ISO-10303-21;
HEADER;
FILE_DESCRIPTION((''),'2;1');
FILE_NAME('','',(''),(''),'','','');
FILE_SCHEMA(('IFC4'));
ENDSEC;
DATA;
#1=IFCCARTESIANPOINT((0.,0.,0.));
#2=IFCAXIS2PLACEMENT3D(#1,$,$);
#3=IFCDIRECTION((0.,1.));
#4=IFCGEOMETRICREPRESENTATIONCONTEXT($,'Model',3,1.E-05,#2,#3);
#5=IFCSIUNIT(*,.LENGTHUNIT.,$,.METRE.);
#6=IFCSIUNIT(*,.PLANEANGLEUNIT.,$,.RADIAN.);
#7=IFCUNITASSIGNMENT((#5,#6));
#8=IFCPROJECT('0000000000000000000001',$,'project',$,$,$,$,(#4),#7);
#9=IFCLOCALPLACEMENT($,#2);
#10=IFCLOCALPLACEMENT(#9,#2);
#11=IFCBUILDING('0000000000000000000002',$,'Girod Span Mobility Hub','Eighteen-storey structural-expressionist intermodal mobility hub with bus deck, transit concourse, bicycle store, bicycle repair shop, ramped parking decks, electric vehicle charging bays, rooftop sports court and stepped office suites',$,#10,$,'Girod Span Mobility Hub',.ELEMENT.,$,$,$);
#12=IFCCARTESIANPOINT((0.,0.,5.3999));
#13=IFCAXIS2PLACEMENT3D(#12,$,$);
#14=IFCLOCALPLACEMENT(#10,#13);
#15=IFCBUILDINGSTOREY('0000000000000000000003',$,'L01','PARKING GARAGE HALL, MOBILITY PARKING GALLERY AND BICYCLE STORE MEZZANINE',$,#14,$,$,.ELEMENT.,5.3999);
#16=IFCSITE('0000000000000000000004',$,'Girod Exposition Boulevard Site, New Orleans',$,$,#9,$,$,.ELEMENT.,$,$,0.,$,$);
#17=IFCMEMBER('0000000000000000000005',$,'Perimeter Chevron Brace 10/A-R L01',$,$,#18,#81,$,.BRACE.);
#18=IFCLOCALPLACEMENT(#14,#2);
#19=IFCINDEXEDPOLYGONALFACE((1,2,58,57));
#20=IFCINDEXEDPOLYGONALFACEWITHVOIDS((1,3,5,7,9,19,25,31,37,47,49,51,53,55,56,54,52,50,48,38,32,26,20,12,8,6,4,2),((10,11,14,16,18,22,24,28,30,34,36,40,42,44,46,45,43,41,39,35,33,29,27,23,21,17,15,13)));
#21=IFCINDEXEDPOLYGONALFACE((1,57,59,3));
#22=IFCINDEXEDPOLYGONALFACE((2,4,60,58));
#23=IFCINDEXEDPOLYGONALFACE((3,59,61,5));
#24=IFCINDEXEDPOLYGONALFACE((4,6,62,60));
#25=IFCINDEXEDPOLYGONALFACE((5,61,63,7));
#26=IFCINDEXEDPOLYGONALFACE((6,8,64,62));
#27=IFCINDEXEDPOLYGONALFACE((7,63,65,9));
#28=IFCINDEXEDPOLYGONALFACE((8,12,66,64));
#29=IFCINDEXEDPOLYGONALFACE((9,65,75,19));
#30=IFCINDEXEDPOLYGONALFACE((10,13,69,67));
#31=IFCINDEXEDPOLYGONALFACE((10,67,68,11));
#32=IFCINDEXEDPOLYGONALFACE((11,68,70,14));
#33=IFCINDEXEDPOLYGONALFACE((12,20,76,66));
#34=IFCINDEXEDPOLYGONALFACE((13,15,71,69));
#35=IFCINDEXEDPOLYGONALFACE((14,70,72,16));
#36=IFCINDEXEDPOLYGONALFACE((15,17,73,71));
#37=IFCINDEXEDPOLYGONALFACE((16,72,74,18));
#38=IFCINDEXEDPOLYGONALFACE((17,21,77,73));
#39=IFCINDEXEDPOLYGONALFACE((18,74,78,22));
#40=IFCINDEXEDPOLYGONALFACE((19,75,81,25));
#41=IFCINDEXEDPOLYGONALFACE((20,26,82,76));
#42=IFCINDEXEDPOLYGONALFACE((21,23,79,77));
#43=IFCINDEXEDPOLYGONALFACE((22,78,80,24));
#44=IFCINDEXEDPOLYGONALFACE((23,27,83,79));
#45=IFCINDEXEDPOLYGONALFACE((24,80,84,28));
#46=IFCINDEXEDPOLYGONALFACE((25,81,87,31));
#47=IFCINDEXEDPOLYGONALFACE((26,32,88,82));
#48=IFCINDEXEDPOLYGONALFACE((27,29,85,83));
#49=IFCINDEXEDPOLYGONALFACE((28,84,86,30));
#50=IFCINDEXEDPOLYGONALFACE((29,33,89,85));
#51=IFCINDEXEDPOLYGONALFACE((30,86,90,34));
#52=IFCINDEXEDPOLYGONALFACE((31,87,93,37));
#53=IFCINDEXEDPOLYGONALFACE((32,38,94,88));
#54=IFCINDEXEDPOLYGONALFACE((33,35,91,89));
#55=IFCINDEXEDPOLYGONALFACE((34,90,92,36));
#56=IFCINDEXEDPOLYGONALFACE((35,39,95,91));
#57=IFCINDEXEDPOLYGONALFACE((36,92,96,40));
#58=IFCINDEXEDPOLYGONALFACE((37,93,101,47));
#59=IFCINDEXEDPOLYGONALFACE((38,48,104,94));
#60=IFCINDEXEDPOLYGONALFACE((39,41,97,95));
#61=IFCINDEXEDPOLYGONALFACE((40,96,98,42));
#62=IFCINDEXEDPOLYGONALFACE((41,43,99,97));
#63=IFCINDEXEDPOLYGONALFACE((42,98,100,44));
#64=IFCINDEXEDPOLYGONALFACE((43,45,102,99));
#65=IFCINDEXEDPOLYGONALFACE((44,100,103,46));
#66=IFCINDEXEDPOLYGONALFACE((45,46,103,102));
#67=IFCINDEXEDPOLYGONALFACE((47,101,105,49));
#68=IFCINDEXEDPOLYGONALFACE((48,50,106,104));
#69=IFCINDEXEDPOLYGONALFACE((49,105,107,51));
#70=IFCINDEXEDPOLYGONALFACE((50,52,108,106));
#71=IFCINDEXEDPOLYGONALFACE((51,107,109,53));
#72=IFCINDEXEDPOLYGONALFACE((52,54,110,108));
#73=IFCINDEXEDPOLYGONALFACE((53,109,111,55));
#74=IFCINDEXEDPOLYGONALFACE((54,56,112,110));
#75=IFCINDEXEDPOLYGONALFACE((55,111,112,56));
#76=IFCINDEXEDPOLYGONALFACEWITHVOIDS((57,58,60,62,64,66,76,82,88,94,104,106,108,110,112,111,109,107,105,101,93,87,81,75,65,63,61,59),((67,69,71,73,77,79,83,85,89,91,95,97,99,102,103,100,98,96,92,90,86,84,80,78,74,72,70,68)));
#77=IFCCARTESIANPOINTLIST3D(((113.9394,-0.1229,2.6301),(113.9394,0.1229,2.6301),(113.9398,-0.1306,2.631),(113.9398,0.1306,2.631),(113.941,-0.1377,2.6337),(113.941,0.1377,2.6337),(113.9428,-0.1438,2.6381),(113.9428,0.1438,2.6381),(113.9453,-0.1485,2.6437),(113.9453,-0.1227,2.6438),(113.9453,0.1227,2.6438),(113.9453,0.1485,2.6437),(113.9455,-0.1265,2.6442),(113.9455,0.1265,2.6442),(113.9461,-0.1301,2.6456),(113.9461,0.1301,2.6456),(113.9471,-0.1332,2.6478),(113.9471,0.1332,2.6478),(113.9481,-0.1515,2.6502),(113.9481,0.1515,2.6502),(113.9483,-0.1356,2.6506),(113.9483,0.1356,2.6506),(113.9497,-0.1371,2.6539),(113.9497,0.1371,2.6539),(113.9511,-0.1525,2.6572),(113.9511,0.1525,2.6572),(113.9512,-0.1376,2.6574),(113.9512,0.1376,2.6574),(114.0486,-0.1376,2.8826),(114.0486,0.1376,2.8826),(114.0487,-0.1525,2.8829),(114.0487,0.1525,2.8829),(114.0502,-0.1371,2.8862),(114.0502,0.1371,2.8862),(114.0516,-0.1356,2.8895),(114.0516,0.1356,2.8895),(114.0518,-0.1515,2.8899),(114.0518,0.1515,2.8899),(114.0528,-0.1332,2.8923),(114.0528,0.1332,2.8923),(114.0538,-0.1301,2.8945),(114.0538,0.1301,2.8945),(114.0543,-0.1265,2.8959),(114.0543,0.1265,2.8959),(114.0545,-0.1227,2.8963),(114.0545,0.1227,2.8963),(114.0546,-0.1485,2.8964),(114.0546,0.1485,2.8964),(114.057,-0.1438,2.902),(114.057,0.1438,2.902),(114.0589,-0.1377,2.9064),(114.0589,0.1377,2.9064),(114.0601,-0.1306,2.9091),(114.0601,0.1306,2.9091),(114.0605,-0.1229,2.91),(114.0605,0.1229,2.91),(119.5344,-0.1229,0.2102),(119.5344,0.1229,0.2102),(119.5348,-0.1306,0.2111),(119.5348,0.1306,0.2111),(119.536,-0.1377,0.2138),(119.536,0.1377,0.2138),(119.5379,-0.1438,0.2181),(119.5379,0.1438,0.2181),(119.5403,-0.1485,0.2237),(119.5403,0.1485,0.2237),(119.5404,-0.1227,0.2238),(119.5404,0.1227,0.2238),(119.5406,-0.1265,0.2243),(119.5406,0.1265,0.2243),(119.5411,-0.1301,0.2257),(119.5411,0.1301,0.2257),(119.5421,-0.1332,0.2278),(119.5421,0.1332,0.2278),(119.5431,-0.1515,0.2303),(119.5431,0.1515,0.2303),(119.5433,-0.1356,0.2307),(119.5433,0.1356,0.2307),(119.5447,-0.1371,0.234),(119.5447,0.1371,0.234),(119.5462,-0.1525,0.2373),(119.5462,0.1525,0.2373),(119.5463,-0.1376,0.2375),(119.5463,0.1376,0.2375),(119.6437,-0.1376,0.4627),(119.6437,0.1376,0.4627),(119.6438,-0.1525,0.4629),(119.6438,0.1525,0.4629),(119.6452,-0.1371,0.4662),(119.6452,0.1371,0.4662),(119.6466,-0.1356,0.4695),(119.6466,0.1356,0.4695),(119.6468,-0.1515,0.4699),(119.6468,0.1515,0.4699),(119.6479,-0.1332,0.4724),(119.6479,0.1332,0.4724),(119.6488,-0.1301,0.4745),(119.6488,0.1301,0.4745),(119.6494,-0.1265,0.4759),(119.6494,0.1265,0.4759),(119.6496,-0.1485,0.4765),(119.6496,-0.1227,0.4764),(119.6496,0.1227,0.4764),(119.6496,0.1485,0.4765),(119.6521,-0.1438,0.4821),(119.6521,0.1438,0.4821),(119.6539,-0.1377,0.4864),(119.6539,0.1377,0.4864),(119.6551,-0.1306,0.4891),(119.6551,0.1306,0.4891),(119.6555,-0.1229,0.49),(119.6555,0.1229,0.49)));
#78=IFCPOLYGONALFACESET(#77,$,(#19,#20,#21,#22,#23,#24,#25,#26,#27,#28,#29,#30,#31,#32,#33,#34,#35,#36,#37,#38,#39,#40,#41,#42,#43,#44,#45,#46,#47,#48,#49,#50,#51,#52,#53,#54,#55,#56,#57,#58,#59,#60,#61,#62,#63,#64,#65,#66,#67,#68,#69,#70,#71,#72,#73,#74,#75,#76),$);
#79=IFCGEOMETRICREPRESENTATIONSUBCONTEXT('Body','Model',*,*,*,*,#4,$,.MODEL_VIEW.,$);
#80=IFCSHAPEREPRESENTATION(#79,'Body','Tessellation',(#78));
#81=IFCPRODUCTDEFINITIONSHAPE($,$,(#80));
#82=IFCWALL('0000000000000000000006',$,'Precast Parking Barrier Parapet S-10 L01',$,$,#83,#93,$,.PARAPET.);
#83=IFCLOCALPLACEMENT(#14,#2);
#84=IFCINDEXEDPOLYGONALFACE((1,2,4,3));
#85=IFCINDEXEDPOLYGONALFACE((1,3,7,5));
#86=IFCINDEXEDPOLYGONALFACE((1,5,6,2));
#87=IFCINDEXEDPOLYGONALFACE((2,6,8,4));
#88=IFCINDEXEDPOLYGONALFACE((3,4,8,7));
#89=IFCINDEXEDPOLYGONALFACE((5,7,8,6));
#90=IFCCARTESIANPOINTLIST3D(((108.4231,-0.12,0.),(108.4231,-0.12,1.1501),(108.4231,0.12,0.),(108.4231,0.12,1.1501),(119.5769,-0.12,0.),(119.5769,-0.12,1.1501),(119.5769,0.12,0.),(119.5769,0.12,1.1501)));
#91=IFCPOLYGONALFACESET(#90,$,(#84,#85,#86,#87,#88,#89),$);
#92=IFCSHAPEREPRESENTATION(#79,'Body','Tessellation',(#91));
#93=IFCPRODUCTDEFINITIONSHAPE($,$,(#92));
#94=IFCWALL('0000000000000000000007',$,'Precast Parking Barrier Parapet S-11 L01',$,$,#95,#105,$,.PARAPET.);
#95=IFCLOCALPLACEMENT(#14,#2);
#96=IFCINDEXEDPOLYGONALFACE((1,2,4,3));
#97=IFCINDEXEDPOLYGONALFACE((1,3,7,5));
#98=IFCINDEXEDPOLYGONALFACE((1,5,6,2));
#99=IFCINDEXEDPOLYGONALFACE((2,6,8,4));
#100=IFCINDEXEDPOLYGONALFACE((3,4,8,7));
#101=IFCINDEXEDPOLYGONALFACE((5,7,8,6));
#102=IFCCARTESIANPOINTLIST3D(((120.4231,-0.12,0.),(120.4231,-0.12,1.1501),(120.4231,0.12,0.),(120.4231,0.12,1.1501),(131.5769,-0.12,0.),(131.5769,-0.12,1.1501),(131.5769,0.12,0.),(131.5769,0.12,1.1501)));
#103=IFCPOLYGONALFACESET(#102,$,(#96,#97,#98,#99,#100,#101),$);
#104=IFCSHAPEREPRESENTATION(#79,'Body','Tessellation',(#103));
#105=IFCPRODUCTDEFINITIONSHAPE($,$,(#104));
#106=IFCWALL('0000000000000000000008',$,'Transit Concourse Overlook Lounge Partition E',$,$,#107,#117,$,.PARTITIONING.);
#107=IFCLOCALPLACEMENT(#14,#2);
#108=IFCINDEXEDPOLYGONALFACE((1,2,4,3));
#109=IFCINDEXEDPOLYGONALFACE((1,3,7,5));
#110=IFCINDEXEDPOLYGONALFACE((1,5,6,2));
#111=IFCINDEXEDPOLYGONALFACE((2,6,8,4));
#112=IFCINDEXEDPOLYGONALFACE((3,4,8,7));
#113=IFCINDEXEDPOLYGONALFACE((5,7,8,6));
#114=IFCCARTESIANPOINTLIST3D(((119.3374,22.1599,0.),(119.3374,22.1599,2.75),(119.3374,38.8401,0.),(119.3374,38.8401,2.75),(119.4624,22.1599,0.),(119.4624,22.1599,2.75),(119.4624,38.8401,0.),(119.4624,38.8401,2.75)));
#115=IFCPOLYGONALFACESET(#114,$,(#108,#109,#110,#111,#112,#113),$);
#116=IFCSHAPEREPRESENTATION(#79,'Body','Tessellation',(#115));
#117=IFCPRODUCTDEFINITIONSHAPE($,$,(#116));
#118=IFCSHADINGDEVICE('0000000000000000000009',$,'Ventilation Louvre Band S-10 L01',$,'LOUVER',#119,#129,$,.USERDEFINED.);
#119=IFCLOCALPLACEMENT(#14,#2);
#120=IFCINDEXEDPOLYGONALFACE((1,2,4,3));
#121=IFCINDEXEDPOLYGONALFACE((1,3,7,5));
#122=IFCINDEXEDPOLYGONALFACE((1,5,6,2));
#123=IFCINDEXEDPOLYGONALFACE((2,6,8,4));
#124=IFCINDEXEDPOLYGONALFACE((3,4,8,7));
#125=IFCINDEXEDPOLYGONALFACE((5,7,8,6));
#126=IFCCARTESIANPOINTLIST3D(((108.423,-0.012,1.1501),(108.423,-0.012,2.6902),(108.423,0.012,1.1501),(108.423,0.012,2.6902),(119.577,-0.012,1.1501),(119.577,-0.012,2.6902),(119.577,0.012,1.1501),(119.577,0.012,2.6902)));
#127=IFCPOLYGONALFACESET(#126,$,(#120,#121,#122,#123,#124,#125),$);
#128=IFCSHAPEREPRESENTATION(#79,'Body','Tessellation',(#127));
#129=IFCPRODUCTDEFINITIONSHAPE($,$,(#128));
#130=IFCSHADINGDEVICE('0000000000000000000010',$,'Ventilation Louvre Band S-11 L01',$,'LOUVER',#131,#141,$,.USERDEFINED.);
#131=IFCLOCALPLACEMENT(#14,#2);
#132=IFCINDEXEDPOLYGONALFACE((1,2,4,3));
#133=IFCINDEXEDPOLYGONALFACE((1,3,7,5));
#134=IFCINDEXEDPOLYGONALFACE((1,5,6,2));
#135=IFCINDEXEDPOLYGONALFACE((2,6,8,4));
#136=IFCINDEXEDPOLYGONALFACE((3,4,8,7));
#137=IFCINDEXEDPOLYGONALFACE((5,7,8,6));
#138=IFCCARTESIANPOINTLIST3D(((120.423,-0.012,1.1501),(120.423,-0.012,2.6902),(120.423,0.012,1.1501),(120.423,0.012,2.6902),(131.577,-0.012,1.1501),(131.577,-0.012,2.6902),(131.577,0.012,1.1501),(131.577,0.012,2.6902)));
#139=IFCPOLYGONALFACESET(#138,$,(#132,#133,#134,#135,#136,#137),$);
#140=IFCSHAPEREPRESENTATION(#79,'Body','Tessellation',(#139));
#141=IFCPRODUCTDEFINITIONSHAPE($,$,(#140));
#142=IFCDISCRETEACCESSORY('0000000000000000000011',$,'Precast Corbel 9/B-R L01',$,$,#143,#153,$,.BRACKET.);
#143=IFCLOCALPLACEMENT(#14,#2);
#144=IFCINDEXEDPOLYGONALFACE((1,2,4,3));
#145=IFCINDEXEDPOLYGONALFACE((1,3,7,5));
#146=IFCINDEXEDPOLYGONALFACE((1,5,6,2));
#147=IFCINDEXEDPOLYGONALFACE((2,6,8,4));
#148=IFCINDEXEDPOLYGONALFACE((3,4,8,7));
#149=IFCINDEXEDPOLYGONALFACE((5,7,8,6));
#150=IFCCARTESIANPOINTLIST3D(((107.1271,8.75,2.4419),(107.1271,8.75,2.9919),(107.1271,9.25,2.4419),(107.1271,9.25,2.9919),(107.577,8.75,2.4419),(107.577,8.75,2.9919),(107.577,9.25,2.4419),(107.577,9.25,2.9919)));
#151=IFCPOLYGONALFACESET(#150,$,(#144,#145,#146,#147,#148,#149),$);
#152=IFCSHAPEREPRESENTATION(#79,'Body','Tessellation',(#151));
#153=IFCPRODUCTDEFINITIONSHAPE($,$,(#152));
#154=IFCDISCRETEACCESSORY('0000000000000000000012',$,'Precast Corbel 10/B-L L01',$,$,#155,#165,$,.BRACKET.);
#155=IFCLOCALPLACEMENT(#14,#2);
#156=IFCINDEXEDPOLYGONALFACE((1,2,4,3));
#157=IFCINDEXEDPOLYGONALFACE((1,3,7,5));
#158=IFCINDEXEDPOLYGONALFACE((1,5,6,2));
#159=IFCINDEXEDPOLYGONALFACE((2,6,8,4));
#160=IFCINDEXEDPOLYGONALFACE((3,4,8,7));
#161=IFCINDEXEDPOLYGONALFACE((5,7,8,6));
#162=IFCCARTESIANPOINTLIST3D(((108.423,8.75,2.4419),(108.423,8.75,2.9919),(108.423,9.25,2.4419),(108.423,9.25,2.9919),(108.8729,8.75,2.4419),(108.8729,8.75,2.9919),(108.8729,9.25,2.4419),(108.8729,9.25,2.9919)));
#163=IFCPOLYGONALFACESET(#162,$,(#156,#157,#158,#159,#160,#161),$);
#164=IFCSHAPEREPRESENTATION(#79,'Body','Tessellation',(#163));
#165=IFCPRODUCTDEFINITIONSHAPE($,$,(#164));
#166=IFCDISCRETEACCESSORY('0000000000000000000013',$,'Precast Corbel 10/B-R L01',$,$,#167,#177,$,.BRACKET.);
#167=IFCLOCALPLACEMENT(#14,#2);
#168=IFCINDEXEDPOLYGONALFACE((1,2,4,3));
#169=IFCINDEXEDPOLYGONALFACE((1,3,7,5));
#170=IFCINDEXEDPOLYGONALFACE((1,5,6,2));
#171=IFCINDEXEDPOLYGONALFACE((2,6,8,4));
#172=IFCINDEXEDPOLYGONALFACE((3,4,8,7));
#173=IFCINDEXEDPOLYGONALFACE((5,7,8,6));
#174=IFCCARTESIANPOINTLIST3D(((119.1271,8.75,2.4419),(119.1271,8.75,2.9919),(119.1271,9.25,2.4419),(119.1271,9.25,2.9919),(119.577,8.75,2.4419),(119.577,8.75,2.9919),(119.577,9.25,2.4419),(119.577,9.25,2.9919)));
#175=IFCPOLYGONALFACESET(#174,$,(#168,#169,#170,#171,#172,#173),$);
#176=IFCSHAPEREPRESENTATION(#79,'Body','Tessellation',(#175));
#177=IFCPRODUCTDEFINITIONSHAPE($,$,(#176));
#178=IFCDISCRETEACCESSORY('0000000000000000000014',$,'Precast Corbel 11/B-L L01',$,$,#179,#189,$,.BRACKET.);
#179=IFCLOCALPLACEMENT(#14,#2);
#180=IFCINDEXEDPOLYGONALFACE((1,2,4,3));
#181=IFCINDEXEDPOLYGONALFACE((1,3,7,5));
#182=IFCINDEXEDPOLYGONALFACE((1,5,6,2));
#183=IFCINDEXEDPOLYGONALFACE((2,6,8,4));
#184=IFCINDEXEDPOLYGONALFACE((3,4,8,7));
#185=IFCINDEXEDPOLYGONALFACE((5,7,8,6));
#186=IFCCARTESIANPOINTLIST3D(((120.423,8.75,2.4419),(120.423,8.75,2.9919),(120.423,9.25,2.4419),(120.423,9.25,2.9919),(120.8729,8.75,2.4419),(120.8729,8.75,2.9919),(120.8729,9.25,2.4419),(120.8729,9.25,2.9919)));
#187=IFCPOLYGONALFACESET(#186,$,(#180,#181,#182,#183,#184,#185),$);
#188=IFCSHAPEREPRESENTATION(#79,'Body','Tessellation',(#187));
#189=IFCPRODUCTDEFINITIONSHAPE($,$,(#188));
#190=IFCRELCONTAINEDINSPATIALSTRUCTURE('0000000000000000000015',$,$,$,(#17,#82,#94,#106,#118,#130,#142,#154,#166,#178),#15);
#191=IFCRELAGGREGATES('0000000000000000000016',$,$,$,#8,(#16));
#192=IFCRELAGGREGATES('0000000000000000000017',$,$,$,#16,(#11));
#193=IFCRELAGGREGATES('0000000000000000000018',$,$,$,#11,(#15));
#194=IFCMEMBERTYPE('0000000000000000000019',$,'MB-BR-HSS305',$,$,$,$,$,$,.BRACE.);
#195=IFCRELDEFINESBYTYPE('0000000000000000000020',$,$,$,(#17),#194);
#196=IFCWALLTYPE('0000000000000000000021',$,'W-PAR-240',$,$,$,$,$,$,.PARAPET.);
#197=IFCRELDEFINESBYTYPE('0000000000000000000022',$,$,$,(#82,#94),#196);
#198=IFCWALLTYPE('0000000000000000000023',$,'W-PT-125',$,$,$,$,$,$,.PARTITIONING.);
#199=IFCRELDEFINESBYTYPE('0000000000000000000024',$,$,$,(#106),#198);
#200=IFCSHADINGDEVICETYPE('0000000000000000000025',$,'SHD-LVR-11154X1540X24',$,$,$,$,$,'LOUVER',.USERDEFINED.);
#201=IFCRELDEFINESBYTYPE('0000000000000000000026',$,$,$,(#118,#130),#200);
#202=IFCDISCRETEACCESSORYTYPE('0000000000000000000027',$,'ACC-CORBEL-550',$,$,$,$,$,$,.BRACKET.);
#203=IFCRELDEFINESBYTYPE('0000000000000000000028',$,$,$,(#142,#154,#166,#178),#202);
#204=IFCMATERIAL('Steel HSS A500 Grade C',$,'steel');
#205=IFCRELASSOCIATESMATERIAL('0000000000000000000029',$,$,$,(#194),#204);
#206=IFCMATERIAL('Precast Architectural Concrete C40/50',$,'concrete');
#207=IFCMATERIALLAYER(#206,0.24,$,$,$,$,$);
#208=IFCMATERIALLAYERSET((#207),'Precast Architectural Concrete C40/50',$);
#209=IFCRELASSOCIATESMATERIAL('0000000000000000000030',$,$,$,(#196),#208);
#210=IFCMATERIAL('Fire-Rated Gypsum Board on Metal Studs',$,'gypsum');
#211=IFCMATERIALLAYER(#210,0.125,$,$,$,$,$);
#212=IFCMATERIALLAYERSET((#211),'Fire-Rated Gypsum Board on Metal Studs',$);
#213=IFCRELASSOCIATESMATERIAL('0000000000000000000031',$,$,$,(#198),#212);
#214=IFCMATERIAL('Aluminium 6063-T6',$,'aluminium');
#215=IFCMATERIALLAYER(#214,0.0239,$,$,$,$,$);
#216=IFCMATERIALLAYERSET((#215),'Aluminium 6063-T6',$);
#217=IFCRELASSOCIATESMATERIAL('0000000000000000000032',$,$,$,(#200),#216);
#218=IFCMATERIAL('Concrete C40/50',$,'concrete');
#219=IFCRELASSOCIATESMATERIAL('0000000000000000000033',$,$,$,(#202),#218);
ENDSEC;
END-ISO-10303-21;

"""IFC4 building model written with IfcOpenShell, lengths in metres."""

from ifc_helpers import new_model, si_unit, direction, frame, frame_2d, origin, origin_2d, place, context, subcontext, project, spatial, rectangle, hollow_rectangle, extrude, material, layer, layer_set, material_profile, profile_set, type_object, element, save


model = new_model("IFC4")

# Units and contexts
model_context = context("Model", 3, precision=1e-05, world=origin(), true_north=direction((0.0, 1.0)))
body_context = subcontext(model_context, "Body", "Model", "MODEL_VIEW")
ifc_project = project(units=[si_unit("LENGTHUNIT", "METRE"), si_unit("PLANEANGLEUNIT", "RADIAN")], contexts=[model_context])

# Site, building, storey
site_placement = place(None, origin())
site = spatial("IfcSite", under=ifc_project, at=site_placement, Name="Girod Exposition Boulevard Site, New Orleans", CompositionType="ELEMENT", RefElevation=0.0)
building_placement = place(site_placement, origin())
building = spatial("IfcBuilding", under=site, at=building_placement, Name="Girod Span Mobility Hub", Description="Eighteen-storey structural-expressionist intermodal mobility hub with bus deck, transit concourse, bicycle store, bicycle repair shop, ramped parking decks, electric vehicle charging bays, rooftop sports court and stepped office suites", LongName="Girod Span Mobility Hub", CompositionType="ELEMENT")
storey_placement = place(building_placement, frame((0.0, 0.0, 5.3999)))
storey = spatial("IfcBuildingStorey", under=building, at=storey_placement, Name="L01", Description="PARKING GARAGE HALL, MOBILITY PARKING GALLERY AND BICYCLE STORE MEZZANINE", CompositionType="ELEMENT", Elevation=5.3999)

# Member
ifc_material_1 = material(Name="Steel HSS A500 Grade C", Category="steel")
ifc_material_profile_1 = material_profile(ifc_material_1, hollow_rectangle(XDim=0.3049, YDim=0.3049, WallThickness=0.0149, InnerFilletRadius=0.0149, OuterFilletRadius=0.0295, at=origin_2d()), Name="HSS305X305X16")
ifc_profile_set_1 = profile_set([ifc_material_profile_1], Name="Steel HSS A500 Grade C")
member_type = type_object("IfcMemberType", Name="MB-BR-HSS305", PredefinedType="BRACE", material=ifc_profile_set_1)
for number, where, z_axis, x_axis, name in (
    (1, (119.595, 0.0, 0.3501), (-0.917829, 0.0, 0.396977), (0.0, -1.0, 0.0), "Perimeter Chevron Brace 10/A-R L01"),
):
    element("IfcMember", number, at=place(storey_placement, frame(where, z_axis=z_axis, x_axis=x_axis)), inside=storey, type_object=member_type, Name=name, PredefinedType="BRACE", context=body_context, shape_type="SweptSolid", body=[
        extrude(hollow_rectangle(XDim=0.3049, YDim=0.3049, WallThickness=0.0149, InnerFilletRadius=0.0149, OuterFilletRadius=0.0295, at=origin_2d()), origin(), (0.0, 0.0, 1.0), 6.0959),
    ])

# Walls
ifc_material_2 = material(Name="Precast Architectural Concrete C40/50", Category="concrete")
ifc_layer_1 = layer(ifc_material_2, 0.24)
ifc_layer_set_1 = layer_set([ifc_layer_1], Name="Precast Architectural Concrete C40/50")
wall_type_1 = type_object("IfcWallType", Name="W-PAR-240", PredefinedType="PARAPET", material=ifc_layer_set_1)
for number, where, z_axis, x_axis, name in (
    (2, (108.4231, 0.0, 0.0), (0.0, 0.0, 1.0), (1.0, 0.0, 0.0), "Precast Parking Barrier Parapet S-10 L01"),
    (3, (120.4231, 0.0, 0.0), (0.0, 0.0, 1.0), (1.0, 0.0, 0.0), "Precast Parking Barrier Parapet S-11 L01"),
):
    element("IfcWall", number, at=place(storey_placement, frame(where, z_axis=z_axis, x_axis=x_axis)), inside=storey, type_object=wall_type_1, Name=name, PredefinedType="PARAPET", context=body_context, shape_type="SweptSolid", body=[
        extrude(rectangle(XDim=11.1538, YDim=0.24, at=frame_2d((5.5769, 0.0))), origin(), (0.0, 0.0, 1.0), 1.1501),
    ])
ifc_material_3 = material(Name="Fire-Rated Gypsum Board on Metal Studs", Category="gypsum")
ifc_layer_2 = layer(ifc_material_3, 0.125)
ifc_layer_set_2 = layer_set([ifc_layer_2], Name="Fire-Rated Gypsum Board on Metal Studs")
wall_type_2 = type_object("IfcWallType", Name="W-PT-125", PredefinedType="PARTITIONING", material=ifc_layer_set_2)
wall_placement = place(storey_placement, frame((119.3999, 22.1599, 0.0), z_axis=(0.0, 0.0, 1.0), x_axis=(0.0, 1.0, 0.0)))
element("IfcWall", 4, at=wall_placement, inside=storey, type_object=wall_type_2, Name="Transit Concourse Overlook Lounge Partition E", PredefinedType="PARTITIONING", context=body_context, shape_type="SweptSolid", body=[
    extrude(rectangle(XDim=16.6802, YDim=0.125, at=frame_2d((8.3401, 0.0))), origin(), (0.0, 0.0, 1.0), 2.75),
])

# Shading devices
ifc_material_4 = material(Name="Aluminium 6063-T6", Category="aluminium")
ifc_layer_3 = layer(ifc_material_4, 0.0239)
ifc_layer_set_3 = layer_set([ifc_layer_3], Name="Aluminium 6063-T6")
shading_device_type = type_object("IfcShadingDeviceType", Name="SHD-LVR-11154X1540X24", ElementType="LOUVER", PredefinedType="USERDEFINED", material=ifc_layer_set_3)
for number, where, z_axis, x_axis, name in (
    (5, (114.0, 0.0, 1.1501), (0.0, 0.0, 1.0), (1.0, 0.0, 0.0), "Ventilation Louvre Band S-10 L01"),
    (6, (126.0, 0.0, 1.1501), (0.0, 0.0, 1.0), (1.0, 0.0, 0.0), "Ventilation Louvre Band S-11 L01"),
):
    element("IfcShadingDevice", number, at=place(storey_placement, frame(where, z_axis=z_axis, x_axis=x_axis)), inside=storey, type_object=shading_device_type, Name=name, ObjectType="LOUVER", PredefinedType="USERDEFINED", context=body_context, shape_type="SweptSolid", body=[
        extrude(rectangle(XDim=11.1541, YDim=0.0239, at=origin_2d()), origin(), (0.0, 0.0, 1.0), 1.54),
    ])

# Discrete accessories
ifc_material_5 = material(Name="Concrete C40/50", Category="concrete")
discrete_accessory_type = type_object("IfcDiscreteAccessoryType", Name="ACC-CORBEL-550", PredefinedType="BRACKET", material=ifc_material_5)
for number, where, z_axis, x_axis, name in (
    (7, (107.3521, 9.0, 2.4419), (0.0, 0.0, 1.0), (1.0, 0.0, 0.0), "Precast Corbel 9/B-R L01"),
    (8, (108.6479, 9.0, 2.4419), (0.0, 0.0, 1.0), (1.0, 0.0, 0.0), "Precast Corbel 10/B-L L01"),
    (9, (119.3521, 9.0, 2.4419), (0.0, 0.0, 1.0), (1.0, 0.0, 0.0), "Precast Corbel 10/B-R L01"),
    (10, (120.6479, 9.0, 2.4419), (0.0, 0.0, 1.0), (1.0, 0.0, 0.0), "Precast Corbel 11/B-L L01"),
):
    element("IfcDiscreteAccessory", number, at=place(storey_placement, frame(where, z_axis=z_axis, x_axis=x_axis)), inside=storey, type_object=discrete_accessory_type, Name=name, PredefinedType="BRACKET", context=body_context, shape_type="SweptSolid", body=[
        extrude(rectangle(XDim=0.45, YDim=0.5, at=origin_2d()), origin(), (0.0, 0.0, 1.0), 0.55),
    ])

save(model, "model.ifc")
